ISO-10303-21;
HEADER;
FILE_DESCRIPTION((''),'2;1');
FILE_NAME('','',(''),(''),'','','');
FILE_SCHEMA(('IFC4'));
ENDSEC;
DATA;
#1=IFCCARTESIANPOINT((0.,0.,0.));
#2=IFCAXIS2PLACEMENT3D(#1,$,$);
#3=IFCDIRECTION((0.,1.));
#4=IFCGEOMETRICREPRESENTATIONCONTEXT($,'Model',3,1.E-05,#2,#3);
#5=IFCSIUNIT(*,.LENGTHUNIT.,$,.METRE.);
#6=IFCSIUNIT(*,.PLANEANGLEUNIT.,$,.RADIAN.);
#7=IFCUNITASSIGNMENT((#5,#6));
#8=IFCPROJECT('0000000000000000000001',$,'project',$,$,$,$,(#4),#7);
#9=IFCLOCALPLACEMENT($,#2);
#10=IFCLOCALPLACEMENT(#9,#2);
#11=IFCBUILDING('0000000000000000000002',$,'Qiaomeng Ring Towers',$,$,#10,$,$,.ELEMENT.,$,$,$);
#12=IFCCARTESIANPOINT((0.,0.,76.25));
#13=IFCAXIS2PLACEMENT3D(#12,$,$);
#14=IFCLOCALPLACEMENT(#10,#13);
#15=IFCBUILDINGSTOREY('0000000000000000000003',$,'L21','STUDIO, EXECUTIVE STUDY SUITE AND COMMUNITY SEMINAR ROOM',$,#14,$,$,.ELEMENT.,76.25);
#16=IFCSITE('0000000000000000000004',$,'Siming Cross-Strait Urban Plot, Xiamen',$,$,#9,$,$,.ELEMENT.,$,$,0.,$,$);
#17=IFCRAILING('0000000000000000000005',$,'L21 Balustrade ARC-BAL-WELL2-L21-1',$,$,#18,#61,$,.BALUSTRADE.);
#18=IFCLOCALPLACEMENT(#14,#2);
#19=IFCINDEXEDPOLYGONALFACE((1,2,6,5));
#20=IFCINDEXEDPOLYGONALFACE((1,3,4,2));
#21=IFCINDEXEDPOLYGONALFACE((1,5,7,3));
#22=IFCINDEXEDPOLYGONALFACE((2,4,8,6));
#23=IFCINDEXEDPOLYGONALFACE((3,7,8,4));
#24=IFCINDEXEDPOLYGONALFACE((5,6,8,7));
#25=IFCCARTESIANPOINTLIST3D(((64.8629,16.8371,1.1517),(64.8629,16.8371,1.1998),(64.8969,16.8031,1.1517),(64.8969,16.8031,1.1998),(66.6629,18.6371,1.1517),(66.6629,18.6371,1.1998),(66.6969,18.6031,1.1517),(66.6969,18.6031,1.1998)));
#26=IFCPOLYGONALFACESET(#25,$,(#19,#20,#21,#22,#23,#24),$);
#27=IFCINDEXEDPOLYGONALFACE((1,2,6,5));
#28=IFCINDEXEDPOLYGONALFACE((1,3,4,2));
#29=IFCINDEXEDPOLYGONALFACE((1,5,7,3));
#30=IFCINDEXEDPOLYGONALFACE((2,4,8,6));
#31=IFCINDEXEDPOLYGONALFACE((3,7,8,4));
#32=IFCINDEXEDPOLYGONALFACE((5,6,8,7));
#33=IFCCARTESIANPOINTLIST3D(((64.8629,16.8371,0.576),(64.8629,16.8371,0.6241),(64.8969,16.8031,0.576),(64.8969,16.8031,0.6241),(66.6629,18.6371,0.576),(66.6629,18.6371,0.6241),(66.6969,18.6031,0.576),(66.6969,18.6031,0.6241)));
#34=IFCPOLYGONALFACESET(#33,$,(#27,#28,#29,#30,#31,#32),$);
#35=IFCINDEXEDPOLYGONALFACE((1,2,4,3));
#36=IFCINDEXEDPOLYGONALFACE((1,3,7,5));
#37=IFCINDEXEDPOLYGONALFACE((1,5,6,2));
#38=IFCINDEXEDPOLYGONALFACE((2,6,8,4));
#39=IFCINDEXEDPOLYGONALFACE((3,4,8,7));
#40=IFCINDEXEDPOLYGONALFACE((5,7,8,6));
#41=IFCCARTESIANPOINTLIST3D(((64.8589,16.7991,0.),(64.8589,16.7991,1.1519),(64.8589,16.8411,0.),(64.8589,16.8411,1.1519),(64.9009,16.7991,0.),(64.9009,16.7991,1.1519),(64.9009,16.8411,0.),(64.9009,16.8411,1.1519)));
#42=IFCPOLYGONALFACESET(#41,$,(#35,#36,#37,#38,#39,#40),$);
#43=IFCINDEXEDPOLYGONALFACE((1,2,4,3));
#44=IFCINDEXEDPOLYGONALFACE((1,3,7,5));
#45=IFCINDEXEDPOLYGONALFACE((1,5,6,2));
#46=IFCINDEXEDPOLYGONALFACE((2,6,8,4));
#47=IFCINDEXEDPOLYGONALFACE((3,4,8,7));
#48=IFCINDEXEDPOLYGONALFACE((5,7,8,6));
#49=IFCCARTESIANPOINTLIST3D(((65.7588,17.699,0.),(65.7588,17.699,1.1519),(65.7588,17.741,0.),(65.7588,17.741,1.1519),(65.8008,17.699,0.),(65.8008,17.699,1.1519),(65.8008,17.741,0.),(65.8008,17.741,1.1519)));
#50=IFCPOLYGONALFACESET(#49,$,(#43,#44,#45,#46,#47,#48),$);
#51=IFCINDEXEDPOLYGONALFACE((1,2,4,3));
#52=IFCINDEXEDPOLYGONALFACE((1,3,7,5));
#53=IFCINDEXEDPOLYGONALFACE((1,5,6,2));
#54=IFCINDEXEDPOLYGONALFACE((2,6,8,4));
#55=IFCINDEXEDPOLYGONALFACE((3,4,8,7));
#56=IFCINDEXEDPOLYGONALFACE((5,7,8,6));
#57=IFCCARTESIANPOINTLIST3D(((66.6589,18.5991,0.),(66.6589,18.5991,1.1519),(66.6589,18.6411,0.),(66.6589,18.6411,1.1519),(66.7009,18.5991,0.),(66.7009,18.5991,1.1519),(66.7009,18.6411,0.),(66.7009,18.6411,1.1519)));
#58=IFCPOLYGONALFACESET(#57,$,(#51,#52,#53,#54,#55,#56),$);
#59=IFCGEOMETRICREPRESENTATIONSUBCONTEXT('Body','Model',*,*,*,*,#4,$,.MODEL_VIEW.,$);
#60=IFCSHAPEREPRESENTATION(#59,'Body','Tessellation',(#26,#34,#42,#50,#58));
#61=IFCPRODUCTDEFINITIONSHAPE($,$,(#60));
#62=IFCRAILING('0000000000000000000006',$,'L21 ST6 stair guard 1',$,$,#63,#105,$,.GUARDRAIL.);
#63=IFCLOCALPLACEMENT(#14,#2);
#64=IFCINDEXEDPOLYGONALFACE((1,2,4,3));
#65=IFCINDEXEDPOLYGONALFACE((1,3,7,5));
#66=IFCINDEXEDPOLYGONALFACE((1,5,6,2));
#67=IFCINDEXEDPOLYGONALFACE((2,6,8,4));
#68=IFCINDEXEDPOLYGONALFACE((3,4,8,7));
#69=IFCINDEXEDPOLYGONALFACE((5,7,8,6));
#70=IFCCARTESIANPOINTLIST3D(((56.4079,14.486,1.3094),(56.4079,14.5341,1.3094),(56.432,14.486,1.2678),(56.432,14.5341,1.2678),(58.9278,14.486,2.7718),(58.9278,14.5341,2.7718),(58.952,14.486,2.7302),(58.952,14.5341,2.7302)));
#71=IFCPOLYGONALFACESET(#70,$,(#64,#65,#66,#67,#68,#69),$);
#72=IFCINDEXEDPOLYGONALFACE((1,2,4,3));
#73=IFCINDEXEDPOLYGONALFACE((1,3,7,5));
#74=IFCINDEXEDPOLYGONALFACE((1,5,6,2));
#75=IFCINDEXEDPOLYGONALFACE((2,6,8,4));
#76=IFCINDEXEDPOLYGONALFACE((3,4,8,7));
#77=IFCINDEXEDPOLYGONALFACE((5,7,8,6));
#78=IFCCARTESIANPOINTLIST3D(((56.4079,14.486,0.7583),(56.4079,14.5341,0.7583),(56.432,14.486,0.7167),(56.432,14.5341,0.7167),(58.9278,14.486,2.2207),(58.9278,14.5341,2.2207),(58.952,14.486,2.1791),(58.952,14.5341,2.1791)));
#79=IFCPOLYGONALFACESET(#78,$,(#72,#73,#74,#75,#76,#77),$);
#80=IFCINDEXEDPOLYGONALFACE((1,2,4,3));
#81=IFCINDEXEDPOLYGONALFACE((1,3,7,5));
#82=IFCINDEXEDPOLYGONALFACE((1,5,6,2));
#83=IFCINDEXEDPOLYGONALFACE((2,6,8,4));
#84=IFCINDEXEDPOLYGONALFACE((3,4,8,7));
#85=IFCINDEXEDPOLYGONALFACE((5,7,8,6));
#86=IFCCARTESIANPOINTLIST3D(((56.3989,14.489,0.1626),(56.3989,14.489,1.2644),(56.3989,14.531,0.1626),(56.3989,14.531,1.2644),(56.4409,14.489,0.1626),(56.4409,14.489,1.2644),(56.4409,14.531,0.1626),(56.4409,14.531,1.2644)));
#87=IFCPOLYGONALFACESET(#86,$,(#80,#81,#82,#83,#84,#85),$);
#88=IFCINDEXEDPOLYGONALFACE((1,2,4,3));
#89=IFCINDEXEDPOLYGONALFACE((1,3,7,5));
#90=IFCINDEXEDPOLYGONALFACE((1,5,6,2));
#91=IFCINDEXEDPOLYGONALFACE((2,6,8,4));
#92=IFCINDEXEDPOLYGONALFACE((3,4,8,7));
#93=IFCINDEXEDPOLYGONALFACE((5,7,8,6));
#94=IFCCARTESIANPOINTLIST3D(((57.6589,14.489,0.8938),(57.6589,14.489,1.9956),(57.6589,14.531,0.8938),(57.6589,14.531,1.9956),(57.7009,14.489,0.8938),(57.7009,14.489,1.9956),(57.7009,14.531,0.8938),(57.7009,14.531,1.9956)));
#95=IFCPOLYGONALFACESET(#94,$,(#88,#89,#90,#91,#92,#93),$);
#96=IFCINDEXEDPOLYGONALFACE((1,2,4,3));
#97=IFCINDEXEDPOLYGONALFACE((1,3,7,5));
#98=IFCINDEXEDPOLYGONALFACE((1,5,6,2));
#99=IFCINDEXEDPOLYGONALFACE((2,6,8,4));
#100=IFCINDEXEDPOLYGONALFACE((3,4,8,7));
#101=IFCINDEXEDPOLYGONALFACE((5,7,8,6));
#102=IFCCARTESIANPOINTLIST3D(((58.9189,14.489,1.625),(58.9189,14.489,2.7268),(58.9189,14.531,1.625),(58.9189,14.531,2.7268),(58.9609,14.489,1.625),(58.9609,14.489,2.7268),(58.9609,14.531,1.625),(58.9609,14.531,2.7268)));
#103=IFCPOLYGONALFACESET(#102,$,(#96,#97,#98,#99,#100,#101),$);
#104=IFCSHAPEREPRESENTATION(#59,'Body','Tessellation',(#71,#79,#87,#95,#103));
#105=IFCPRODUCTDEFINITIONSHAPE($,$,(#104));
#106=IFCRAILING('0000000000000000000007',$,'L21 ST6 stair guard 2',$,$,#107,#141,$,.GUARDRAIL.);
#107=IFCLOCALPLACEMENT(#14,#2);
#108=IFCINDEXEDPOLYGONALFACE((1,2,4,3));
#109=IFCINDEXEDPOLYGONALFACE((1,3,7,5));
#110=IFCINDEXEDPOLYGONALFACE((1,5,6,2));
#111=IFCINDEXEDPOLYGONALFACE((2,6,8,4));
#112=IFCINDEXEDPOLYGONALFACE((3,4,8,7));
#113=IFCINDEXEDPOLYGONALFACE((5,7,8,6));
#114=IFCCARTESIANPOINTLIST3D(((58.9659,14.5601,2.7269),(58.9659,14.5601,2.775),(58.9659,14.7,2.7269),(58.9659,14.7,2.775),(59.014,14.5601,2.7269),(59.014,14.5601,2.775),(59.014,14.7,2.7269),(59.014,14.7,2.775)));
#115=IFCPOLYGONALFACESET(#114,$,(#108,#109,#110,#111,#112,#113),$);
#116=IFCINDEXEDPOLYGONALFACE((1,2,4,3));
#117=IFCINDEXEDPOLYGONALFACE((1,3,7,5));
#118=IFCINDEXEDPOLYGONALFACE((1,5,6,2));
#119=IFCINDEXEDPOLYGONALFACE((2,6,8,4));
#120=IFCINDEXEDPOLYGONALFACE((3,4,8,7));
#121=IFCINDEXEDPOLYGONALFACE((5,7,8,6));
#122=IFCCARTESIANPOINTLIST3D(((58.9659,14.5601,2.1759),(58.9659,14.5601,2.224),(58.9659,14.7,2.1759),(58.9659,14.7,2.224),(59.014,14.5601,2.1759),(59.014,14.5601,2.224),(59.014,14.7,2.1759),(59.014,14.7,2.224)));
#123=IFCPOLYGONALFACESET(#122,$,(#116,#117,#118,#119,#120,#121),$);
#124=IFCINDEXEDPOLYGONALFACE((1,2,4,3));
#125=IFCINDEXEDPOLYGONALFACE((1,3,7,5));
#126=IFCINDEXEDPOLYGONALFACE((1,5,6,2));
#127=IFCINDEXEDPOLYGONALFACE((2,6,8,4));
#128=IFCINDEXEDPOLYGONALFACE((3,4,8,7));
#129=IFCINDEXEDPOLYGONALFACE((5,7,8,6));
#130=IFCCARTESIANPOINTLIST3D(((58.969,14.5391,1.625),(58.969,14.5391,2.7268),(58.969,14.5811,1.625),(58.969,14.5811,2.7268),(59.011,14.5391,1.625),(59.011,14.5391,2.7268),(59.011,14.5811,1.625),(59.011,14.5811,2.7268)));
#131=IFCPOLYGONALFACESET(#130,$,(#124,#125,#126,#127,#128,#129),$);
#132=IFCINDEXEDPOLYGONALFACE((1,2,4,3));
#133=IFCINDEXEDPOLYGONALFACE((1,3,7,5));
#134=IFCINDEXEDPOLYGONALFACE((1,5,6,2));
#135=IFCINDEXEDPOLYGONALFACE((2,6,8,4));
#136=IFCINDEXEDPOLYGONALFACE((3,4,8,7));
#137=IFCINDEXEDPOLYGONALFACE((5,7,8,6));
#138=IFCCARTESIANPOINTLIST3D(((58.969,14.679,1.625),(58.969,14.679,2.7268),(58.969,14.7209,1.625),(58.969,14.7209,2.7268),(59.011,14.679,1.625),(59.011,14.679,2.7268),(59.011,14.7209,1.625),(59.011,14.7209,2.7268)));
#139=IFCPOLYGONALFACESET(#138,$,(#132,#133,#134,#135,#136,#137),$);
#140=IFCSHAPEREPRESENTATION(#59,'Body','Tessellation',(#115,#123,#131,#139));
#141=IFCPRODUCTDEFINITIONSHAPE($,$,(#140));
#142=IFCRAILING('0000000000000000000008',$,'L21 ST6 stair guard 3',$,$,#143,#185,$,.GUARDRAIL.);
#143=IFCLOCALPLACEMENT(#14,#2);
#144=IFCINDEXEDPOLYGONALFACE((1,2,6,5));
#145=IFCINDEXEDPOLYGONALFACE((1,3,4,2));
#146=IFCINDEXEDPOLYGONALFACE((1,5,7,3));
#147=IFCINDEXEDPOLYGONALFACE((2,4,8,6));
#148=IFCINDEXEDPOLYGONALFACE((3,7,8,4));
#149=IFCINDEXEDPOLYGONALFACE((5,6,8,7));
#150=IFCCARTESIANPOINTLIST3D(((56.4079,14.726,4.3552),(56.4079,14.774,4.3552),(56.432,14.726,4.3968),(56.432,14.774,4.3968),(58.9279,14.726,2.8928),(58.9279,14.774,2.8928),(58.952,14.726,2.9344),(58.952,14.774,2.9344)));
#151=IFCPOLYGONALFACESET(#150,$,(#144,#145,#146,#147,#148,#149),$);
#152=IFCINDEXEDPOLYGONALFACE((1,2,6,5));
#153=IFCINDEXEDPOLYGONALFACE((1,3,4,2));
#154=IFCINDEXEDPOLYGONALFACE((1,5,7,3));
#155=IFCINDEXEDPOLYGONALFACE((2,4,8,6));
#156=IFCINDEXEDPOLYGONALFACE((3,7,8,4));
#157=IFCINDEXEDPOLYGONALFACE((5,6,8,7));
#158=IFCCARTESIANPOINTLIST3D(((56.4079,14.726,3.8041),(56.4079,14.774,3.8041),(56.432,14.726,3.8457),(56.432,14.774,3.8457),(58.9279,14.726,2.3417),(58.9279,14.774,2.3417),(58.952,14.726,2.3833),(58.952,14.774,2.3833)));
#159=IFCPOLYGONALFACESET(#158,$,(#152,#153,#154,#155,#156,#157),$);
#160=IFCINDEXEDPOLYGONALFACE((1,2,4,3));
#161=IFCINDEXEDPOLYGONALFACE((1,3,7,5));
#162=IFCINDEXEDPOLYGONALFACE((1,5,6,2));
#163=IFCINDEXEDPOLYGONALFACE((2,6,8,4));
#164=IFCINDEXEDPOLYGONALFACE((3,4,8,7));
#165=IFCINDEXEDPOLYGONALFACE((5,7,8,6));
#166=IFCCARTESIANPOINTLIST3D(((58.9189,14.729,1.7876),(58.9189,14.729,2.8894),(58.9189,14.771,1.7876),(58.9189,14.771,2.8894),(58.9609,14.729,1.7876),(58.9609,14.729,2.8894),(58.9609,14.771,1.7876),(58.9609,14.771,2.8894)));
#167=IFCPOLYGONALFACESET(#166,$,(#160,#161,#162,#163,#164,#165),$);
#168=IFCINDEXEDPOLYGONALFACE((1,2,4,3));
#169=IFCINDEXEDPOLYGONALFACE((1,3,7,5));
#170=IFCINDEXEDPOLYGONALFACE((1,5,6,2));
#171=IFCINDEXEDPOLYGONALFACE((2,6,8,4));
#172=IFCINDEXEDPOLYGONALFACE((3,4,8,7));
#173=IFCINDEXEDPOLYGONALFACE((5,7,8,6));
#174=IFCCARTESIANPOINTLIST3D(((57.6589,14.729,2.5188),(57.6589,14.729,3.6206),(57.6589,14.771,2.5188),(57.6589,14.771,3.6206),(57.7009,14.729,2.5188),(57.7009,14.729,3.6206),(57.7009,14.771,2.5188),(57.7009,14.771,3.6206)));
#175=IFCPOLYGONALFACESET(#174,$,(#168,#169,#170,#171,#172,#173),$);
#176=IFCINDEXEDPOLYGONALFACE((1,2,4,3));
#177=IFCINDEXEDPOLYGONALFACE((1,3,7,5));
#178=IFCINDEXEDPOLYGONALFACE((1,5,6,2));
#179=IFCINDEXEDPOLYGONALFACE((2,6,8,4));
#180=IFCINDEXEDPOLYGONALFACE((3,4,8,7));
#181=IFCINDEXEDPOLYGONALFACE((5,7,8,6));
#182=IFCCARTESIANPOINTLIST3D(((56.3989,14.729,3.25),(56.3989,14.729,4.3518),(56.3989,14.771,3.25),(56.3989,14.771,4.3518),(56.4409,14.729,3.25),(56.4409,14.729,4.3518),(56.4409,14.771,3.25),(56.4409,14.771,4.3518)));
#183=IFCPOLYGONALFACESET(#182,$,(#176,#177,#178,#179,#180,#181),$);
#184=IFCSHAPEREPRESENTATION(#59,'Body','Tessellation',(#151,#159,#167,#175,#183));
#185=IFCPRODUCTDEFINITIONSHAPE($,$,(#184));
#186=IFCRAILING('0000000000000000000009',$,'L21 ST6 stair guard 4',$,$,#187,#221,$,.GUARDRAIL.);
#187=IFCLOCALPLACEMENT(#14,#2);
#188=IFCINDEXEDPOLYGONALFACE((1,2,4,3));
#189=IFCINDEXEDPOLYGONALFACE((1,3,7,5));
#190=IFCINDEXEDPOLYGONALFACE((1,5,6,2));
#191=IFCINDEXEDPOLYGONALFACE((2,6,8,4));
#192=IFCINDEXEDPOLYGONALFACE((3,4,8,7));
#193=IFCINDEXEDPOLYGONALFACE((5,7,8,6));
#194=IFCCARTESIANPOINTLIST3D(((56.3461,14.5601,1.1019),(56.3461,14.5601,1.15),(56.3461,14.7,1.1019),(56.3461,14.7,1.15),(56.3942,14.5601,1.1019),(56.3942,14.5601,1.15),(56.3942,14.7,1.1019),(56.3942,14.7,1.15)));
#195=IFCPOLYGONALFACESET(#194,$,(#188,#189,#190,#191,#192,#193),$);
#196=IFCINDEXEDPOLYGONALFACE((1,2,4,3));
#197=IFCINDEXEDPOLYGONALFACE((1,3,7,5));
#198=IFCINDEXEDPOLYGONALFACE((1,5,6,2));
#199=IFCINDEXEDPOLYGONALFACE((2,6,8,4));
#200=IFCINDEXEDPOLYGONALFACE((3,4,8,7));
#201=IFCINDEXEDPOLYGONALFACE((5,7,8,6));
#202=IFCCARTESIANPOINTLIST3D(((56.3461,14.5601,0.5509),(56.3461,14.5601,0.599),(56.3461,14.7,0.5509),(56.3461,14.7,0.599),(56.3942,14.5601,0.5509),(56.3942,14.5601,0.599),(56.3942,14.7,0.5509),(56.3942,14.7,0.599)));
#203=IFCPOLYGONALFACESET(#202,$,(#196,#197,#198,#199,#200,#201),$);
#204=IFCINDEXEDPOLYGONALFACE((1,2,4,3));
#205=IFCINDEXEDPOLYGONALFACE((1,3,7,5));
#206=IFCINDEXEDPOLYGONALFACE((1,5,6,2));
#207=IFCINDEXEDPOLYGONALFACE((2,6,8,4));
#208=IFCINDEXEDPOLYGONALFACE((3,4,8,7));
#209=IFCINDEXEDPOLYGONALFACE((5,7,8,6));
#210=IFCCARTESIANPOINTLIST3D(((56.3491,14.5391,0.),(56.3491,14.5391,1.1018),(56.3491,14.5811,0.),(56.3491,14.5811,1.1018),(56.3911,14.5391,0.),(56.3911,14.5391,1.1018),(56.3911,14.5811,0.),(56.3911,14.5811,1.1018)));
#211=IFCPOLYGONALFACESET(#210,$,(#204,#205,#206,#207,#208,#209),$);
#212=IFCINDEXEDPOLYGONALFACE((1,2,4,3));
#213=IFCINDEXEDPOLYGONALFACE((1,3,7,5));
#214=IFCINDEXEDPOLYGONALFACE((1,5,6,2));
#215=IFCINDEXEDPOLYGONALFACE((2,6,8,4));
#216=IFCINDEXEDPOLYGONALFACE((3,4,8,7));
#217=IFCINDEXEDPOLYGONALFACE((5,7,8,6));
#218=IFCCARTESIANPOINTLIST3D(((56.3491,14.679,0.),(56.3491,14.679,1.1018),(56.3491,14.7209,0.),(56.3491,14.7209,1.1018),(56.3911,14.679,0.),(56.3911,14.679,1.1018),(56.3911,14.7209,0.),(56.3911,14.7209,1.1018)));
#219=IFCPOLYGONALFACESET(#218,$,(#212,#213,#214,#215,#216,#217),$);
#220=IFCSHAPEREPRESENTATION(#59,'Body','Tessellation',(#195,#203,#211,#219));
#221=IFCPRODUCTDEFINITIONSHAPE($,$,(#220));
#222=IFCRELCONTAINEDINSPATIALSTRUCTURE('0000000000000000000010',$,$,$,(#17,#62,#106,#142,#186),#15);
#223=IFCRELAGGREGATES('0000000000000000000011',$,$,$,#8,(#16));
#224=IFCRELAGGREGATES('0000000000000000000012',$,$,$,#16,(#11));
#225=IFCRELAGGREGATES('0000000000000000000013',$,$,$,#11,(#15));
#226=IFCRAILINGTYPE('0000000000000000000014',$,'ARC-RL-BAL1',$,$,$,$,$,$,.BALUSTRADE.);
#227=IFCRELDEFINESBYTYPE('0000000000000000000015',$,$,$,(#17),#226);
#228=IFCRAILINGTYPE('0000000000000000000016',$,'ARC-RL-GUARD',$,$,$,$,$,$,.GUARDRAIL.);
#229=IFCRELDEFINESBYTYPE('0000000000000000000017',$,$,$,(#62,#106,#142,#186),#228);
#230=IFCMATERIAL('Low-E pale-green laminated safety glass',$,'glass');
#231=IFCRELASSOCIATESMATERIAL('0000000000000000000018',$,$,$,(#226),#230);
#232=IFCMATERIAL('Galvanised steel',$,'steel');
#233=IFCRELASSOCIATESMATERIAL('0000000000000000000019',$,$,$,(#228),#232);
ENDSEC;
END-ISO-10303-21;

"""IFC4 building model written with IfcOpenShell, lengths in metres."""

from ifc_helpers import new_model, si_unit, direction, frame, origin, origin_2d, place, context, subcontext, project, spatial, rectangle, extrude, material, type_object, element, save


model = new_model("IFC4")

# Units and contexts
model_context = context("Model", 3, precision=1e-05, world=origin(), true_north=direction((0.0, 1.0)))
body_context = subcontext(model_context, "Body", "Model", "MODEL_VIEW")
ifc_project = project(units=[si_unit("LENGTHUNIT", "METRE"), si_unit("PLANEANGLEUNIT", "RADIAN")], contexts=[model_context])

# Site, building, storey
site_placement = place(None, origin())
site = spatial("IfcSite", under=ifc_project, at=site_placement, Name="Siming Cross-Strait Urban Plot, Xiamen", CompositionType="ELEMENT", RefElevation=0.0)
building_placement = place(site_placement, origin())
building = spatial("IfcBuilding", under=site, at=building_placement, Name="Qiaomeng Ring Towers", CompositionType="ELEMENT")
storey_placement = place(building_placement, frame((0.0, 0.0, 76.25)))
storey = spatial("IfcBuildingStorey", under=building, at=storey_placement, Name="L21", Description="STUDIO, EXECUTIVE STUDY SUITE AND COMMUNITY SEMINAR ROOM", CompositionType="ELEMENT", Elevation=76.25)

# Shared definitions
ifc_material_1 = material(Name="Galvanised steel", Category="steel")

# Railings
ifc_material_2 = material(Name="Low-E pale-green laminated safety glass", Category="glass")
railing_type_1 = type_object("IfcRailingType", Name="ARC-RL-BAL1", PredefinedType="BALUSTRADE", material=ifc_material_2)
railing_1_placement = place(storey_placement, frame((64.8799, 16.8201, 0.0)))
element("IfcRailing", 1, at=railing_1_placement, inside=storey, type_object=railing_type_1, Name="L21 Balustrade ARC-BAL-WELL2-L21-1", PredefinedType="BALUSTRADE", context=body_context, shape_type="SweptSolid", body=[
    extrude(rectangle(XDim=0.0481, YDim=0.0481, at=origin_2d()), frame((0.0, 0.0, 1.1758), z_axis=(0.707107, 0.707107, 0.0), x_axis=(-0.707107, 0.707107, 0.0)), (0.0, 0.0, 1.0), 2.5457),
    extrude(rectangle(XDim=0.0481, YDim=0.0481, at=origin_2d()), frame((0.0, 0.0, 0.6001), z_axis=(0.707107, 0.707107, 0.0), x_axis=(-0.707107, 0.707107, 0.0)), (0.0, 0.0, 1.0), 2.5457),
    extrude(rectangle(XDim=0.042, YDim=0.042, at=origin_2d()), origin(), (0.0, 0.0, 1.0), 1.1519),
    extrude(rectangle(XDim=0.042, YDim=0.042, at=origin_2d()), frame((0.8999, 0.8999, 0.0)), (0.0, 0.0, 1.0), 1.1519),
    extrude(rectangle(XDim=0.042, YDim=0.042, at=origin_2d()), frame((1.8, 1.8, 0.0)), (0.0, 0.0, 1.0), 1.1519),
])
railing_type_2 = type_object("IfcRailingType", Name="ARC-RL-GUARD", PredefinedType="GUARDRAIL", material=ifc_material_1)
railing_2_placement = place(storey_placement, frame((56.4199, 14.51, 0.1626)))
element("IfcRailing", 2, at=railing_2_placement, inside=storey, type_object=railing_type_2, Name="L21 ST6 stair guard 1", PredefinedType="GUARDRAIL", context=body_context, shape_type="SweptSolid", body=[
    extrude(rectangle(XDim=0.0481, YDim=0.0481, at=origin_2d()), frame((0.0, 0.0, 1.126), z_axis=(0.864913, 0.0, 0.501921), x_axis=(0.0, 1.0, 0.0)), (0.0, 0.0, 1.0), 2.9136),
    extrude(rectangle(XDim=0.0481, YDim=0.0481, at=origin_2d()), frame((0.0, 0.0, 0.575), z_axis=(0.864913, 0.0, 0.501921), x_axis=(0.0, 1.0, 0.0)), (0.0, 0.0, 1.0), 2.9136),
    extrude(rectangle(XDim=0.042, YDim=0.042, at=origin_2d()), origin(), (0.0, 0.0, 1.0), 1.1018),
    extrude(rectangle(XDim=0.042, YDim=0.042, at=origin_2d()), frame((1.26, 0.0, 0.7312)), (0.0, 0.0, 1.0), 1.1018),
    extrude(rectangle(XDim=0.042, YDim=0.042, at=origin_2d()), frame((2.52, 0.0, 1.4624)), (0.0, 0.0, 1.0), 1.1018),
])
railing_3_placement = place(storey_placement, frame((58.99, 14.5601, 1.625)))
element("IfcRailing", 3, at=railing_3_placement, inside=storey, type_object=railing_type_2, Name="L21 ST6 stair guard 2", PredefinedType="GUARDRAIL", context=body_context, shape_type="SweptSolid", body=[
    extrude(rectangle(XDim=0.0481, YDim=0.0481, at=origin_2d()), frame((0.0, 0.0, 1.126), z_axis=(0.0, 1.0, 0.0), x_axis=(-1.0, 0.0, 0.0)), (0.0, 0.0, 1.0), 0.1399),
    extrude(rectangle(XDim=0.0481, YDim=0.0481, at=origin_2d()), frame((0.0, 0.0, 0.575), z_axis=(0.0, 1.0, 0.0), x_axis=(-1.0, 0.0, 0.0)), (0.0, 0.0, 1.0), 0.1399),
    extrude(rectangle(XDim=0.042, YDim=0.042, at=origin_2d()), origin(), (0.0, 0.0, 1.0), 1.1018),
    extrude(rectangle(XDim=0.042, YDim=0.042, at=origin_2d()), frame((0.0, 0.1399, 0.0)), (0.0, 0.0, 1.0), 1.1018),
])
railing_4_placement = place(storey_placement, frame((58.9399, 14.75, 1.7876)))
element("IfcRailing", 4, at=railing_4_placement, inside=storey, type_object=railing_type_2, Name="L21 ST6 stair guard 3", PredefinedType="GUARDRAIL", context=body_context, shape_type="SweptSolid", body=[
    extrude(rectangle(XDim=0.0481, YDim=0.0481, at=origin_2d()), frame((0.0, 0.0, 1.126), z_axis=(-0.864913, 0.0, 0.501921), x_axis=(0.0, -1.0, 0.0)), (0.0, 0.0, 1.0), 2.9136),
    extrude(rectangle(XDim=0.0481, YDim=0.0481, at=origin_2d()), frame((0.0, 0.0, 0.575), z_axis=(-0.864913, 0.0, 0.501921), x_axis=(0.0, -1.0, 0.0)), (0.0, 0.0, 1.0), 2.9136),
    extrude(rectangle(XDim=0.042, YDim=0.042, at=origin_2d()), origin(), (0.0, 0.0, 1.0), 1.1018),
    extrude(rectangle(XDim=0.042, YDim=0.042, at=origin_2d()), frame((-1.26, 0.0, 0.7312)), (0.0, 0.0, 1.0), 1.1018),
    extrude(rectangle(XDim=0.042, YDim=0.042, at=origin_2d()), frame((-2.52, 0.0, 1.4624)), (0.0, 0.0, 1.0), 1.1018),
])
railing_5_placement = place(storey_placement, frame((56.3701, 14.5601, 0.0)))
element("IfcRailing", 5, at=railing_5_placement, inside=storey, type_object=railing_type_2, Name="L21 ST6 stair guard 4", PredefinedType="GUARDRAIL", context=body_context, shape_type="SweptSolid", body=[
    extrude(rectangle(XDim=0.0481, YDim=0.0481, at=origin_2d()), frame((0.0, 0.0, 1.126), z_axis=(0.0, 1.0, 0.0), x_axis=(-1.0, 0.0, 0.0)), (0.0, 0.0, 1.0), 0.1399),
    extrude(rectangle(XDim=0.0481, YDim=0.0481, at=origin_2d()), frame((0.0, 0.0, 0.575), z_axis=(0.0, 1.0, 0.0), x_axis=(-1.0, 0.0, 0.0)), (0.0, 0.0, 1.0), 0.1399),
    extrude(rectangle(XDim=0.042, YDim=0.042, at=origin_2d()), origin(), (0.0, 0.0, 1.0), 1.1018),
    extrude(rectangle(XDim=0.042, YDim=0.042, at=origin_2d()), frame((0.0, 0.1399, 0.0)), (0.0, 0.0, 1.0), 1.1018),
])

save(model, "model.ifc")
